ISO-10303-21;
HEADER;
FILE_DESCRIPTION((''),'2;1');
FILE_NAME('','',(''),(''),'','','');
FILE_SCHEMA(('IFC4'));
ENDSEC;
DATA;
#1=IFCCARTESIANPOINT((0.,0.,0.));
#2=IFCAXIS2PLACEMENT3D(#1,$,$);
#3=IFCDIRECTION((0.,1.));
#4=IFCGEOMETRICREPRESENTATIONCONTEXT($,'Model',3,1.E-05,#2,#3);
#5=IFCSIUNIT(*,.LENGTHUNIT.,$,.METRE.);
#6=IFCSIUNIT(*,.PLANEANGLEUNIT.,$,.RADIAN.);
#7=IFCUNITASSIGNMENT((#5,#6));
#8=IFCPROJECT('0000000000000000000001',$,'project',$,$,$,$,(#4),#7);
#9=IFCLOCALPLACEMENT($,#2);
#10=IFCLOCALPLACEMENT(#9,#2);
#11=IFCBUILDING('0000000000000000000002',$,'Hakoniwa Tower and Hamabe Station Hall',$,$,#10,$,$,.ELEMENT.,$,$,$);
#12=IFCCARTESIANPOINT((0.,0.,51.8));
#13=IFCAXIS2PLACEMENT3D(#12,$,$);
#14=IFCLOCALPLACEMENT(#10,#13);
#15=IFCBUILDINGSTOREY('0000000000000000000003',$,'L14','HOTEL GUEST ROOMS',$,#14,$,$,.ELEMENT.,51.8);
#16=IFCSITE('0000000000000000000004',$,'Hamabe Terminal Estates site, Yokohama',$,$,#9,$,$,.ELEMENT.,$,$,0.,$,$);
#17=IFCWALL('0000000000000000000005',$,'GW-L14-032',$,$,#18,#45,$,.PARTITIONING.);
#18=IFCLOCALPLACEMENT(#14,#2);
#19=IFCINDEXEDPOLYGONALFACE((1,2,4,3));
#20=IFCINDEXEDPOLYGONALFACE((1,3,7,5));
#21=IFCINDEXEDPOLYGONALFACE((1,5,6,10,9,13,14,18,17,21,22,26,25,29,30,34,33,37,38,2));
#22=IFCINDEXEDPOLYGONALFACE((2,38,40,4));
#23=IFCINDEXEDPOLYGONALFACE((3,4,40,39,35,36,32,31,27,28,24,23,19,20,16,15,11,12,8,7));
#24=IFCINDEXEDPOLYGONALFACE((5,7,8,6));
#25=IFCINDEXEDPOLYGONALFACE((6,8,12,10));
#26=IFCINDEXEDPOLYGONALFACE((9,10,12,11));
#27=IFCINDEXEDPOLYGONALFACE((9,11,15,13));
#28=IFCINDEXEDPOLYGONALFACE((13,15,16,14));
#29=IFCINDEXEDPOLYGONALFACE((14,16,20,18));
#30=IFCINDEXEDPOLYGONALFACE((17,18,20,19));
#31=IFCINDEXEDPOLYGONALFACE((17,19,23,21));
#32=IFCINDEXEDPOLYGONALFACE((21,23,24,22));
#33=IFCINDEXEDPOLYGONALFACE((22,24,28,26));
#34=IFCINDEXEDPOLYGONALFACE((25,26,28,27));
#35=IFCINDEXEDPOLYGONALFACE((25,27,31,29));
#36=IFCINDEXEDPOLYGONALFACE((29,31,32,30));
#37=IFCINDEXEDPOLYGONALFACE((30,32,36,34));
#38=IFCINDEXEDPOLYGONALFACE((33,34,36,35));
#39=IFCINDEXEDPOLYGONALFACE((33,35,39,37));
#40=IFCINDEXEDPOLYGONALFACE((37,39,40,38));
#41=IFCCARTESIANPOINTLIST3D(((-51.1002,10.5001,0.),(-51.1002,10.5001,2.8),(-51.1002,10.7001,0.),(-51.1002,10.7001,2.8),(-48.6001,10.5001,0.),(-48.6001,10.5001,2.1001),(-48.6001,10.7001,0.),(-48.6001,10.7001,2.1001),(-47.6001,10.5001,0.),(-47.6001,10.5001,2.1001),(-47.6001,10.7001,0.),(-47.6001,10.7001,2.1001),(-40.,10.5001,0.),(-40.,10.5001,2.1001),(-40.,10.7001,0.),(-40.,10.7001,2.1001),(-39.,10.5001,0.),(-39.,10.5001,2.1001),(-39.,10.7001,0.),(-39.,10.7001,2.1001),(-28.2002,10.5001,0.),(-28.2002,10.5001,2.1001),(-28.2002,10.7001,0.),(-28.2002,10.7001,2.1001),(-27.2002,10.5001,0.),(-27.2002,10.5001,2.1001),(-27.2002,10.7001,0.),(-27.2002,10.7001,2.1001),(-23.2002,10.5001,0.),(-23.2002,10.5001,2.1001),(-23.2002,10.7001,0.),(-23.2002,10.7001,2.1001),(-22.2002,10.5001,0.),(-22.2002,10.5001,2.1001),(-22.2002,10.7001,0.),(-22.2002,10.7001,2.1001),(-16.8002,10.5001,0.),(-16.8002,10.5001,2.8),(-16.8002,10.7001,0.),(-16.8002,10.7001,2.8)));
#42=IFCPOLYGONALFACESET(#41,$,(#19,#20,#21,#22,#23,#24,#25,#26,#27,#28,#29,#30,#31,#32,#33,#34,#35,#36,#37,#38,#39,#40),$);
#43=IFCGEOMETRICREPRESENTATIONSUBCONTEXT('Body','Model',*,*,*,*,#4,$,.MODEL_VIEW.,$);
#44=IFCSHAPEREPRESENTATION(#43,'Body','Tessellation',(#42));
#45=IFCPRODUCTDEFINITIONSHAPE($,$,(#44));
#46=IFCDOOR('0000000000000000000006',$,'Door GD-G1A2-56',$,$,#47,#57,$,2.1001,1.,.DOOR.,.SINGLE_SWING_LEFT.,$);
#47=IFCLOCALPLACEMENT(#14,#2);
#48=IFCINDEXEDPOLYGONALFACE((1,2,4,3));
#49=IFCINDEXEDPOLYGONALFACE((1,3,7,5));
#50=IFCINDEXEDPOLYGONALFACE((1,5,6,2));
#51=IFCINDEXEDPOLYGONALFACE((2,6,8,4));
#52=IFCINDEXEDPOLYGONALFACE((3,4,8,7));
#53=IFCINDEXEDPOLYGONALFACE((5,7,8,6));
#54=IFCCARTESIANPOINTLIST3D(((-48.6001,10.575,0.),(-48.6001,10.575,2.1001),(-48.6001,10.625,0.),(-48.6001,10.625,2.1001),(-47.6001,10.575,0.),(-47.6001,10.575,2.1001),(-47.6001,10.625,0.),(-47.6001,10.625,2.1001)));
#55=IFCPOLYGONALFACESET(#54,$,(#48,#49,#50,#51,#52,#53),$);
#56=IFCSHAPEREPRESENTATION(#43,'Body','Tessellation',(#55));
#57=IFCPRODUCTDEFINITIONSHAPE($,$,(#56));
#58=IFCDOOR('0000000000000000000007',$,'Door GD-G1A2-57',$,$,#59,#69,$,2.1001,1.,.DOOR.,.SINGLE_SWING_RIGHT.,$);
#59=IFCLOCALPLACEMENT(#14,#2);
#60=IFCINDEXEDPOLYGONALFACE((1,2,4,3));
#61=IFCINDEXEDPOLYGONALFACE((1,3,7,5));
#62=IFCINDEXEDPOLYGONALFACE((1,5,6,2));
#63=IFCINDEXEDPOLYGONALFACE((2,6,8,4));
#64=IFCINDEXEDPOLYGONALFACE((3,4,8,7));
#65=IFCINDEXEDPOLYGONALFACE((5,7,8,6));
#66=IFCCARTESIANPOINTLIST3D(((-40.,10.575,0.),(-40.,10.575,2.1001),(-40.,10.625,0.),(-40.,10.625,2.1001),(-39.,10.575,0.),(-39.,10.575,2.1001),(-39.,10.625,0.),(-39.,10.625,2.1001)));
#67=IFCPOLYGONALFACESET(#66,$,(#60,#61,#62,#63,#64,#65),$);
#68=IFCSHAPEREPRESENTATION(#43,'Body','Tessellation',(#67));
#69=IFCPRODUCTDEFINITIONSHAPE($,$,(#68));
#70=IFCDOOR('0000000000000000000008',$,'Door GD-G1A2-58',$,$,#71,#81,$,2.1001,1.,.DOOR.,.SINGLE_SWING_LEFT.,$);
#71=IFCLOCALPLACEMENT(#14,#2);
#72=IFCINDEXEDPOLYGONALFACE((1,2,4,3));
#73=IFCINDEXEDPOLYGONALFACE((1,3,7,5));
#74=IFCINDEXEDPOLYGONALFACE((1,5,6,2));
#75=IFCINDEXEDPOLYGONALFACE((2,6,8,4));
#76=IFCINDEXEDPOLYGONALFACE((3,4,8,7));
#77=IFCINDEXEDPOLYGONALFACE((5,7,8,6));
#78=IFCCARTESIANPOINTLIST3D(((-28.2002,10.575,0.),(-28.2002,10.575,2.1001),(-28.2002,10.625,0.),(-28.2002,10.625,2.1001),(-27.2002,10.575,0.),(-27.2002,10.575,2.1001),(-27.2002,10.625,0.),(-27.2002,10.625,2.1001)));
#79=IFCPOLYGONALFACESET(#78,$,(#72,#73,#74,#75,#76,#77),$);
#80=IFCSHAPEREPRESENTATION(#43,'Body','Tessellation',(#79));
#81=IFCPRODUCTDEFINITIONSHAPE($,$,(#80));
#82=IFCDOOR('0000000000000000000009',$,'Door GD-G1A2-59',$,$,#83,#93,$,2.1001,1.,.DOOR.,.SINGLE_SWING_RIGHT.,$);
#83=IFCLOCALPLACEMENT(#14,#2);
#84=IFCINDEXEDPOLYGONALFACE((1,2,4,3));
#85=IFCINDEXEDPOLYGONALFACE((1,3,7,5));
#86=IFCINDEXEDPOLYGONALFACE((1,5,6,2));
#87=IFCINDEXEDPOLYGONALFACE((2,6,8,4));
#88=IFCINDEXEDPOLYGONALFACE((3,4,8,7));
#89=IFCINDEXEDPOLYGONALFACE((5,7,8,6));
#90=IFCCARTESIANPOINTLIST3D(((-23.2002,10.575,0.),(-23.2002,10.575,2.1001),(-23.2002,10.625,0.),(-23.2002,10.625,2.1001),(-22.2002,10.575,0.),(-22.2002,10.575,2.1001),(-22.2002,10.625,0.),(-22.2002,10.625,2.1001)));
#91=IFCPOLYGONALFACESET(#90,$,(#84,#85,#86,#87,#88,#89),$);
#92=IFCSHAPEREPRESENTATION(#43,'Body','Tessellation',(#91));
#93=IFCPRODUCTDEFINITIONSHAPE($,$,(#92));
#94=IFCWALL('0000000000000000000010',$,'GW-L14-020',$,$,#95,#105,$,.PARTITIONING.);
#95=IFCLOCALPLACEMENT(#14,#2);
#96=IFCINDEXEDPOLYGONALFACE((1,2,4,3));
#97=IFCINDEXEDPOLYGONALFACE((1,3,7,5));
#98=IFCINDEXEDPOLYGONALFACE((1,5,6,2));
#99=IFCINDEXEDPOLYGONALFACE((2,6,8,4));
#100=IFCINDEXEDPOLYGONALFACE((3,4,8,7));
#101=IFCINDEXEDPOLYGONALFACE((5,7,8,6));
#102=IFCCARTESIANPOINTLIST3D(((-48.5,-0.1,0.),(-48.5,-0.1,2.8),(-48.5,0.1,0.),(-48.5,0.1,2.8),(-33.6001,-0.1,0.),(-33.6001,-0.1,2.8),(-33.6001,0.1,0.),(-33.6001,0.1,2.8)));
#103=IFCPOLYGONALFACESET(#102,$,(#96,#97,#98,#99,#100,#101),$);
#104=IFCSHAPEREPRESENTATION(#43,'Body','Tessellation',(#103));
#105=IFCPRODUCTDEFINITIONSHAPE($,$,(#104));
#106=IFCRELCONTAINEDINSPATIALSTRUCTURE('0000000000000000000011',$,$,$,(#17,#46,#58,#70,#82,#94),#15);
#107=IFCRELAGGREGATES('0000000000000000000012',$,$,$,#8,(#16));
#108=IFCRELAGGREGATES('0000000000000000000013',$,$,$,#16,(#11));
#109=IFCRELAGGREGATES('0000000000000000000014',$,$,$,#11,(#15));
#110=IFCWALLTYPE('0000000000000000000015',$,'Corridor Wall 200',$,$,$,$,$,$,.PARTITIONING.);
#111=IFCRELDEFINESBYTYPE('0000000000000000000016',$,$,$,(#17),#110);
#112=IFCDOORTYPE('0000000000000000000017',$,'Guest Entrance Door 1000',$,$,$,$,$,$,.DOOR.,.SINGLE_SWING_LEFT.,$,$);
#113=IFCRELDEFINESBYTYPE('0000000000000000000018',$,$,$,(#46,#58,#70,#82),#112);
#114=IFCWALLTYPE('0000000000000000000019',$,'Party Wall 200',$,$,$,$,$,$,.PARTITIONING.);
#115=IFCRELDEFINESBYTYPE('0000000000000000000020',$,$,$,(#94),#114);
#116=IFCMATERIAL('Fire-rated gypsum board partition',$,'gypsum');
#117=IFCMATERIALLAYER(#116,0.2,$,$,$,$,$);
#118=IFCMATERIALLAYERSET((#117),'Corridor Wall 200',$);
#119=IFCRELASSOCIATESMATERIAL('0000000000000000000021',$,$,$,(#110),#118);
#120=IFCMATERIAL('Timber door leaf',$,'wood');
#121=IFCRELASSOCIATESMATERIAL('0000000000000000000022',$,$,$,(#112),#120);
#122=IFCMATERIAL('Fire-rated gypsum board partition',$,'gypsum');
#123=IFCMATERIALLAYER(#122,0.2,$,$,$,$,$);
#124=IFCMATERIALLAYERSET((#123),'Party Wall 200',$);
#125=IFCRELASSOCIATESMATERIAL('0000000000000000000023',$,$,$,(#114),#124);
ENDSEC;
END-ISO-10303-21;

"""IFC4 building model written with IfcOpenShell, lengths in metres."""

from ifc_helpers import new_model, si_unit, direction, frame, frame_2d, origin, place, context, subcontext, project, spatial, rectangle, extrude, material, layer, layer_set, type_object, element, fill, save


model = new_model("IFC4")

# Units and contexts
model_context = context("Model", 3, precision=1e-05, world=origin(), true_north=direction((0.0, 1.0)))
body_context = subcontext(model_context, "Body", "Model", "MODEL_VIEW")
ifc_project = project(units=[si_unit("LENGTHUNIT", "METRE"), si_unit("PLANEANGLEUNIT", "RADIAN")], contexts=[model_context])

# Site, building, storey
site_placement = place(None, origin())
site = spatial("IfcSite", under=ifc_project, at=site_placement, Name="Hamabe Terminal Estates site, Yokohama", CompositionType="ELEMENT", RefElevation=0.0)
building_placement = place(site_placement, origin())
building = spatial("IfcBuilding", under=site, at=building_placement, Name="Hakoniwa Tower and Hamabe Station Hall", CompositionType="ELEMENT")
storey_placement = place(building_placement, frame((0.0, 0.0, 51.8)))
storey = spatial("IfcBuildingStorey", under=building, at=storey_placement, Name="L14", Description="HOTEL GUEST ROOMS", CompositionType="ELEMENT", Elevation=51.8)

# Wall, openings, doors
ifc_material_1 = material(Name="Fire-rated gypsum board partition", Category="gypsum")
ifc_layer_1 = layer(ifc_material_1, 0.2)
ifc_layer_set_1 = layer_set([ifc_layer_1], Name="Corridor Wall 200")
wall_type_1 = type_object("IfcWallType", Name="Corridor Wall 200", PredefinedType="PARTITIONING", material=ifc_layer_set_1)
ifc_material_2 = material(Name="Timber door leaf", Category="wood")
door_type_1 = type_object("IfcDoorType", Name="Guest Entrance Door 1000", OperationType="SINGLE_SWING_LEFT", PredefinedType="DOOR", material=ifc_material_2)
wall_1_placement = place(storey_placement, frame((-51.1001, 10.6001, 0.0), z_axis=(0.0, 0.0, 1.0), x_axis=(1.0, 0.0, 0.0)))
wall_1 = element("IfcWall", 1, at=wall_1_placement, inside=storey, type_object=wall_type_1, Name="GW-L14-032", PredefinedType="PARTITIONING", context=body_context, shape_type="SweptSolid", body=[
    extrude(rectangle(XDim=34.3, YDim=0.2, at=frame_2d((17.1499, 0.0))), origin(), (0.0, 0.0, 1.0), 2.8),
])
opening_1_placement = place(wall_1_placement, frame((2.5, 0.0, 0.0)))
opening_1 = element("IfcOpeningElement", 2, at=opening_1_placement, cuts=wall_1, PredefinedType="OPENING", context=body_context, shape_type="SweptSolid", body=[
    extrude(rectangle(XDim=1.0, YDim=2.1001, at=frame_2d((0.5, 1.05))), frame((0.0, 0.1099, 0.0), z_axis=(0.0, -1.0, 0.0), x_axis=(1.0, 0.0, 0.0)), (0.0, 0.0, 1.0), 0.22),
])
opening_2_placement = place(wall_1_placement, frame((11.1001, 0.0, 0.0)))
opening_2 = element("IfcOpeningElement", 3, at=opening_2_placement, cuts=wall_1, PredefinedType="OPENING", context=body_context, shape_type="SweptSolid", body=[
    extrude(rectangle(XDim=1.0, YDim=2.1001, at=frame_2d((0.5, 1.05))), frame((0.0, 0.1099, 0.0), z_axis=(0.0, -1.0, 0.0), x_axis=(1.0, 0.0, 0.0)), (0.0, 0.0, 1.0), 0.22),
])
opening_3_placement = place(wall_1_placement, frame((22.8999, 0.0, 0.0)))
opening_3 = element("IfcOpeningElement", 4, at=opening_3_placement, cuts=wall_1, PredefinedType="OPENING", context=body_context, shape_type="SweptSolid", body=[
    extrude(rectangle(XDim=1.0, YDim=2.1001, at=frame_2d((0.5, 1.05))), frame((0.0, 0.1099, 0.0), z_axis=(0.0, -1.0, 0.0), x_axis=(1.0, 0.0, 0.0)), (0.0, 0.0, 1.0), 0.22),
])
opening_4_placement = place(wall_1_placement, frame((27.8999, 0.0, 0.0)))
opening_4 = element("IfcOpeningElement", 5, at=opening_4_placement, cuts=wall_1, PredefinedType="OPENING", context=body_context, shape_type="SweptSolid", body=[
    extrude(rectangle(XDim=1.0, YDim=2.1001, at=frame_2d((0.5, 1.05))), frame((0.0, 0.1099, 0.0), z_axis=(0.0, -1.0, 0.0), x_axis=(1.0, 0.0, 0.0)), (0.0, 0.0, 1.0), 0.22),
])
door_1_placement = place(opening_1_placement, origin())
door_1 = element("IfcDoor", 6, at=door_1_placement, inside=storey, type_object=door_type_1, Name="Door GD-G1A2-56", OperationType="SINGLE_SWING_LEFT", OverallHeight=2.1001, OverallWidth=1.0, PredefinedType="DOOR", context=body_context, shape_type="SweptSolid", body=[
    extrude(rectangle(XDim=1.0, YDim=2.1001, at=frame_2d((0.5, 1.05))), frame((0.0, 0.0249, 0.0), z_axis=(0.0, -1.0, 0.0), x_axis=(1.0, 0.0, 0.0)), (0.0, 0.0, 1.0), 0.05),
])
fill(opening_1, door_1)
door_2_placement = place(opening_2_placement, origin())
door_2 = element("IfcDoor", 7, at=door_2_placement, inside=storey, type_object=door_type_1, Name="Door GD-G1A2-57", OperationType="SINGLE_SWING_RIGHT", OverallHeight=2.1001, OverallWidth=1.0, PredefinedType="DOOR", context=body_context, shape_type="SweptSolid", body=[
    extrude(rectangle(XDim=1.0, YDim=2.1001, at=frame_2d((0.5, 1.05))), frame((0.0, 0.0249, 0.0), z_axis=(0.0, -1.0, 0.0), x_axis=(1.0, 0.0, 0.0)), (0.0, 0.0, 1.0), 0.05),
])
fill(opening_2, door_2)
door_3_placement = place(opening_3_placement, origin())
door_3 = element("IfcDoor", 8, at=door_3_placement, inside=storey, type_object=door_type_1, Name="Door GD-G1A2-58", OperationType="SINGLE_SWING_LEFT", OverallHeight=2.1001, OverallWidth=1.0, PredefinedType="DOOR", context=body_context, shape_type="SweptSolid", body=[
    extrude(rectangle(XDim=1.0, YDim=2.1001, at=frame_2d((0.5, 1.05))), frame((0.0, 0.0249, 0.0), z_axis=(0.0, -1.0, 0.0), x_axis=(1.0, 0.0, 0.0)), (0.0, 0.0, 1.0), 0.05),
])
fill(opening_3, door_3)
door_4_placement = place(opening_4_placement, origin())
door_4 = element("IfcDoor", 9, at=door_4_placement, inside=storey, type_object=door_type_1, Name="Door GD-G1A2-59", OperationType="SINGLE_SWING_RIGHT", OverallHeight=2.1001, OverallWidth=1.0, PredefinedType="DOOR", context=body_context, shape_type="SweptSolid", body=[
    extrude(rectangle(XDim=1.0, YDim=2.1001, at=frame_2d((0.5, 1.05))), frame((0.0, 0.0249, 0.0), z_axis=(0.0, -1.0, 0.0), x_axis=(1.0, 0.0, 0.0)), (0.0, 0.0, 1.0), 0.05),
])
fill(opening_4, door_4)

# Wall
ifc_material_3 = material(Name="Fire-rated gypsum board partition", Category="gypsum")
ifc_layer_2 = layer(ifc_material_3, 0.2)
ifc_layer_set_2 = layer_set([ifc_layer_2], Name="Party Wall 200")
wall_type_2 = type_object("IfcWallType", Name="Party Wall 200", PredefinedType="PARTITIONING", material=ifc_layer_set_2)
wall_2_placement = place(storey_placement, frame((-48.5, 0.0, 0.0), z_axis=(0.0, 0.0, 1.0), x_axis=(1.0, 0.0, 0.0)))
element("IfcWall", 10, at=wall_2_placement, inside=storey, type_object=wall_type_2, Name="GW-L14-020", PredefinedType="PARTITIONING", context=body_context, shape_type="SweptSolid", body=[
    extrude(rectangle(XDim=14.8999, YDim=0.2, at=frame_2d((7.45, 0.0))), origin(), (0.0, 0.0, 1.0), 2.8),
])

save(model, "model.ifc")
